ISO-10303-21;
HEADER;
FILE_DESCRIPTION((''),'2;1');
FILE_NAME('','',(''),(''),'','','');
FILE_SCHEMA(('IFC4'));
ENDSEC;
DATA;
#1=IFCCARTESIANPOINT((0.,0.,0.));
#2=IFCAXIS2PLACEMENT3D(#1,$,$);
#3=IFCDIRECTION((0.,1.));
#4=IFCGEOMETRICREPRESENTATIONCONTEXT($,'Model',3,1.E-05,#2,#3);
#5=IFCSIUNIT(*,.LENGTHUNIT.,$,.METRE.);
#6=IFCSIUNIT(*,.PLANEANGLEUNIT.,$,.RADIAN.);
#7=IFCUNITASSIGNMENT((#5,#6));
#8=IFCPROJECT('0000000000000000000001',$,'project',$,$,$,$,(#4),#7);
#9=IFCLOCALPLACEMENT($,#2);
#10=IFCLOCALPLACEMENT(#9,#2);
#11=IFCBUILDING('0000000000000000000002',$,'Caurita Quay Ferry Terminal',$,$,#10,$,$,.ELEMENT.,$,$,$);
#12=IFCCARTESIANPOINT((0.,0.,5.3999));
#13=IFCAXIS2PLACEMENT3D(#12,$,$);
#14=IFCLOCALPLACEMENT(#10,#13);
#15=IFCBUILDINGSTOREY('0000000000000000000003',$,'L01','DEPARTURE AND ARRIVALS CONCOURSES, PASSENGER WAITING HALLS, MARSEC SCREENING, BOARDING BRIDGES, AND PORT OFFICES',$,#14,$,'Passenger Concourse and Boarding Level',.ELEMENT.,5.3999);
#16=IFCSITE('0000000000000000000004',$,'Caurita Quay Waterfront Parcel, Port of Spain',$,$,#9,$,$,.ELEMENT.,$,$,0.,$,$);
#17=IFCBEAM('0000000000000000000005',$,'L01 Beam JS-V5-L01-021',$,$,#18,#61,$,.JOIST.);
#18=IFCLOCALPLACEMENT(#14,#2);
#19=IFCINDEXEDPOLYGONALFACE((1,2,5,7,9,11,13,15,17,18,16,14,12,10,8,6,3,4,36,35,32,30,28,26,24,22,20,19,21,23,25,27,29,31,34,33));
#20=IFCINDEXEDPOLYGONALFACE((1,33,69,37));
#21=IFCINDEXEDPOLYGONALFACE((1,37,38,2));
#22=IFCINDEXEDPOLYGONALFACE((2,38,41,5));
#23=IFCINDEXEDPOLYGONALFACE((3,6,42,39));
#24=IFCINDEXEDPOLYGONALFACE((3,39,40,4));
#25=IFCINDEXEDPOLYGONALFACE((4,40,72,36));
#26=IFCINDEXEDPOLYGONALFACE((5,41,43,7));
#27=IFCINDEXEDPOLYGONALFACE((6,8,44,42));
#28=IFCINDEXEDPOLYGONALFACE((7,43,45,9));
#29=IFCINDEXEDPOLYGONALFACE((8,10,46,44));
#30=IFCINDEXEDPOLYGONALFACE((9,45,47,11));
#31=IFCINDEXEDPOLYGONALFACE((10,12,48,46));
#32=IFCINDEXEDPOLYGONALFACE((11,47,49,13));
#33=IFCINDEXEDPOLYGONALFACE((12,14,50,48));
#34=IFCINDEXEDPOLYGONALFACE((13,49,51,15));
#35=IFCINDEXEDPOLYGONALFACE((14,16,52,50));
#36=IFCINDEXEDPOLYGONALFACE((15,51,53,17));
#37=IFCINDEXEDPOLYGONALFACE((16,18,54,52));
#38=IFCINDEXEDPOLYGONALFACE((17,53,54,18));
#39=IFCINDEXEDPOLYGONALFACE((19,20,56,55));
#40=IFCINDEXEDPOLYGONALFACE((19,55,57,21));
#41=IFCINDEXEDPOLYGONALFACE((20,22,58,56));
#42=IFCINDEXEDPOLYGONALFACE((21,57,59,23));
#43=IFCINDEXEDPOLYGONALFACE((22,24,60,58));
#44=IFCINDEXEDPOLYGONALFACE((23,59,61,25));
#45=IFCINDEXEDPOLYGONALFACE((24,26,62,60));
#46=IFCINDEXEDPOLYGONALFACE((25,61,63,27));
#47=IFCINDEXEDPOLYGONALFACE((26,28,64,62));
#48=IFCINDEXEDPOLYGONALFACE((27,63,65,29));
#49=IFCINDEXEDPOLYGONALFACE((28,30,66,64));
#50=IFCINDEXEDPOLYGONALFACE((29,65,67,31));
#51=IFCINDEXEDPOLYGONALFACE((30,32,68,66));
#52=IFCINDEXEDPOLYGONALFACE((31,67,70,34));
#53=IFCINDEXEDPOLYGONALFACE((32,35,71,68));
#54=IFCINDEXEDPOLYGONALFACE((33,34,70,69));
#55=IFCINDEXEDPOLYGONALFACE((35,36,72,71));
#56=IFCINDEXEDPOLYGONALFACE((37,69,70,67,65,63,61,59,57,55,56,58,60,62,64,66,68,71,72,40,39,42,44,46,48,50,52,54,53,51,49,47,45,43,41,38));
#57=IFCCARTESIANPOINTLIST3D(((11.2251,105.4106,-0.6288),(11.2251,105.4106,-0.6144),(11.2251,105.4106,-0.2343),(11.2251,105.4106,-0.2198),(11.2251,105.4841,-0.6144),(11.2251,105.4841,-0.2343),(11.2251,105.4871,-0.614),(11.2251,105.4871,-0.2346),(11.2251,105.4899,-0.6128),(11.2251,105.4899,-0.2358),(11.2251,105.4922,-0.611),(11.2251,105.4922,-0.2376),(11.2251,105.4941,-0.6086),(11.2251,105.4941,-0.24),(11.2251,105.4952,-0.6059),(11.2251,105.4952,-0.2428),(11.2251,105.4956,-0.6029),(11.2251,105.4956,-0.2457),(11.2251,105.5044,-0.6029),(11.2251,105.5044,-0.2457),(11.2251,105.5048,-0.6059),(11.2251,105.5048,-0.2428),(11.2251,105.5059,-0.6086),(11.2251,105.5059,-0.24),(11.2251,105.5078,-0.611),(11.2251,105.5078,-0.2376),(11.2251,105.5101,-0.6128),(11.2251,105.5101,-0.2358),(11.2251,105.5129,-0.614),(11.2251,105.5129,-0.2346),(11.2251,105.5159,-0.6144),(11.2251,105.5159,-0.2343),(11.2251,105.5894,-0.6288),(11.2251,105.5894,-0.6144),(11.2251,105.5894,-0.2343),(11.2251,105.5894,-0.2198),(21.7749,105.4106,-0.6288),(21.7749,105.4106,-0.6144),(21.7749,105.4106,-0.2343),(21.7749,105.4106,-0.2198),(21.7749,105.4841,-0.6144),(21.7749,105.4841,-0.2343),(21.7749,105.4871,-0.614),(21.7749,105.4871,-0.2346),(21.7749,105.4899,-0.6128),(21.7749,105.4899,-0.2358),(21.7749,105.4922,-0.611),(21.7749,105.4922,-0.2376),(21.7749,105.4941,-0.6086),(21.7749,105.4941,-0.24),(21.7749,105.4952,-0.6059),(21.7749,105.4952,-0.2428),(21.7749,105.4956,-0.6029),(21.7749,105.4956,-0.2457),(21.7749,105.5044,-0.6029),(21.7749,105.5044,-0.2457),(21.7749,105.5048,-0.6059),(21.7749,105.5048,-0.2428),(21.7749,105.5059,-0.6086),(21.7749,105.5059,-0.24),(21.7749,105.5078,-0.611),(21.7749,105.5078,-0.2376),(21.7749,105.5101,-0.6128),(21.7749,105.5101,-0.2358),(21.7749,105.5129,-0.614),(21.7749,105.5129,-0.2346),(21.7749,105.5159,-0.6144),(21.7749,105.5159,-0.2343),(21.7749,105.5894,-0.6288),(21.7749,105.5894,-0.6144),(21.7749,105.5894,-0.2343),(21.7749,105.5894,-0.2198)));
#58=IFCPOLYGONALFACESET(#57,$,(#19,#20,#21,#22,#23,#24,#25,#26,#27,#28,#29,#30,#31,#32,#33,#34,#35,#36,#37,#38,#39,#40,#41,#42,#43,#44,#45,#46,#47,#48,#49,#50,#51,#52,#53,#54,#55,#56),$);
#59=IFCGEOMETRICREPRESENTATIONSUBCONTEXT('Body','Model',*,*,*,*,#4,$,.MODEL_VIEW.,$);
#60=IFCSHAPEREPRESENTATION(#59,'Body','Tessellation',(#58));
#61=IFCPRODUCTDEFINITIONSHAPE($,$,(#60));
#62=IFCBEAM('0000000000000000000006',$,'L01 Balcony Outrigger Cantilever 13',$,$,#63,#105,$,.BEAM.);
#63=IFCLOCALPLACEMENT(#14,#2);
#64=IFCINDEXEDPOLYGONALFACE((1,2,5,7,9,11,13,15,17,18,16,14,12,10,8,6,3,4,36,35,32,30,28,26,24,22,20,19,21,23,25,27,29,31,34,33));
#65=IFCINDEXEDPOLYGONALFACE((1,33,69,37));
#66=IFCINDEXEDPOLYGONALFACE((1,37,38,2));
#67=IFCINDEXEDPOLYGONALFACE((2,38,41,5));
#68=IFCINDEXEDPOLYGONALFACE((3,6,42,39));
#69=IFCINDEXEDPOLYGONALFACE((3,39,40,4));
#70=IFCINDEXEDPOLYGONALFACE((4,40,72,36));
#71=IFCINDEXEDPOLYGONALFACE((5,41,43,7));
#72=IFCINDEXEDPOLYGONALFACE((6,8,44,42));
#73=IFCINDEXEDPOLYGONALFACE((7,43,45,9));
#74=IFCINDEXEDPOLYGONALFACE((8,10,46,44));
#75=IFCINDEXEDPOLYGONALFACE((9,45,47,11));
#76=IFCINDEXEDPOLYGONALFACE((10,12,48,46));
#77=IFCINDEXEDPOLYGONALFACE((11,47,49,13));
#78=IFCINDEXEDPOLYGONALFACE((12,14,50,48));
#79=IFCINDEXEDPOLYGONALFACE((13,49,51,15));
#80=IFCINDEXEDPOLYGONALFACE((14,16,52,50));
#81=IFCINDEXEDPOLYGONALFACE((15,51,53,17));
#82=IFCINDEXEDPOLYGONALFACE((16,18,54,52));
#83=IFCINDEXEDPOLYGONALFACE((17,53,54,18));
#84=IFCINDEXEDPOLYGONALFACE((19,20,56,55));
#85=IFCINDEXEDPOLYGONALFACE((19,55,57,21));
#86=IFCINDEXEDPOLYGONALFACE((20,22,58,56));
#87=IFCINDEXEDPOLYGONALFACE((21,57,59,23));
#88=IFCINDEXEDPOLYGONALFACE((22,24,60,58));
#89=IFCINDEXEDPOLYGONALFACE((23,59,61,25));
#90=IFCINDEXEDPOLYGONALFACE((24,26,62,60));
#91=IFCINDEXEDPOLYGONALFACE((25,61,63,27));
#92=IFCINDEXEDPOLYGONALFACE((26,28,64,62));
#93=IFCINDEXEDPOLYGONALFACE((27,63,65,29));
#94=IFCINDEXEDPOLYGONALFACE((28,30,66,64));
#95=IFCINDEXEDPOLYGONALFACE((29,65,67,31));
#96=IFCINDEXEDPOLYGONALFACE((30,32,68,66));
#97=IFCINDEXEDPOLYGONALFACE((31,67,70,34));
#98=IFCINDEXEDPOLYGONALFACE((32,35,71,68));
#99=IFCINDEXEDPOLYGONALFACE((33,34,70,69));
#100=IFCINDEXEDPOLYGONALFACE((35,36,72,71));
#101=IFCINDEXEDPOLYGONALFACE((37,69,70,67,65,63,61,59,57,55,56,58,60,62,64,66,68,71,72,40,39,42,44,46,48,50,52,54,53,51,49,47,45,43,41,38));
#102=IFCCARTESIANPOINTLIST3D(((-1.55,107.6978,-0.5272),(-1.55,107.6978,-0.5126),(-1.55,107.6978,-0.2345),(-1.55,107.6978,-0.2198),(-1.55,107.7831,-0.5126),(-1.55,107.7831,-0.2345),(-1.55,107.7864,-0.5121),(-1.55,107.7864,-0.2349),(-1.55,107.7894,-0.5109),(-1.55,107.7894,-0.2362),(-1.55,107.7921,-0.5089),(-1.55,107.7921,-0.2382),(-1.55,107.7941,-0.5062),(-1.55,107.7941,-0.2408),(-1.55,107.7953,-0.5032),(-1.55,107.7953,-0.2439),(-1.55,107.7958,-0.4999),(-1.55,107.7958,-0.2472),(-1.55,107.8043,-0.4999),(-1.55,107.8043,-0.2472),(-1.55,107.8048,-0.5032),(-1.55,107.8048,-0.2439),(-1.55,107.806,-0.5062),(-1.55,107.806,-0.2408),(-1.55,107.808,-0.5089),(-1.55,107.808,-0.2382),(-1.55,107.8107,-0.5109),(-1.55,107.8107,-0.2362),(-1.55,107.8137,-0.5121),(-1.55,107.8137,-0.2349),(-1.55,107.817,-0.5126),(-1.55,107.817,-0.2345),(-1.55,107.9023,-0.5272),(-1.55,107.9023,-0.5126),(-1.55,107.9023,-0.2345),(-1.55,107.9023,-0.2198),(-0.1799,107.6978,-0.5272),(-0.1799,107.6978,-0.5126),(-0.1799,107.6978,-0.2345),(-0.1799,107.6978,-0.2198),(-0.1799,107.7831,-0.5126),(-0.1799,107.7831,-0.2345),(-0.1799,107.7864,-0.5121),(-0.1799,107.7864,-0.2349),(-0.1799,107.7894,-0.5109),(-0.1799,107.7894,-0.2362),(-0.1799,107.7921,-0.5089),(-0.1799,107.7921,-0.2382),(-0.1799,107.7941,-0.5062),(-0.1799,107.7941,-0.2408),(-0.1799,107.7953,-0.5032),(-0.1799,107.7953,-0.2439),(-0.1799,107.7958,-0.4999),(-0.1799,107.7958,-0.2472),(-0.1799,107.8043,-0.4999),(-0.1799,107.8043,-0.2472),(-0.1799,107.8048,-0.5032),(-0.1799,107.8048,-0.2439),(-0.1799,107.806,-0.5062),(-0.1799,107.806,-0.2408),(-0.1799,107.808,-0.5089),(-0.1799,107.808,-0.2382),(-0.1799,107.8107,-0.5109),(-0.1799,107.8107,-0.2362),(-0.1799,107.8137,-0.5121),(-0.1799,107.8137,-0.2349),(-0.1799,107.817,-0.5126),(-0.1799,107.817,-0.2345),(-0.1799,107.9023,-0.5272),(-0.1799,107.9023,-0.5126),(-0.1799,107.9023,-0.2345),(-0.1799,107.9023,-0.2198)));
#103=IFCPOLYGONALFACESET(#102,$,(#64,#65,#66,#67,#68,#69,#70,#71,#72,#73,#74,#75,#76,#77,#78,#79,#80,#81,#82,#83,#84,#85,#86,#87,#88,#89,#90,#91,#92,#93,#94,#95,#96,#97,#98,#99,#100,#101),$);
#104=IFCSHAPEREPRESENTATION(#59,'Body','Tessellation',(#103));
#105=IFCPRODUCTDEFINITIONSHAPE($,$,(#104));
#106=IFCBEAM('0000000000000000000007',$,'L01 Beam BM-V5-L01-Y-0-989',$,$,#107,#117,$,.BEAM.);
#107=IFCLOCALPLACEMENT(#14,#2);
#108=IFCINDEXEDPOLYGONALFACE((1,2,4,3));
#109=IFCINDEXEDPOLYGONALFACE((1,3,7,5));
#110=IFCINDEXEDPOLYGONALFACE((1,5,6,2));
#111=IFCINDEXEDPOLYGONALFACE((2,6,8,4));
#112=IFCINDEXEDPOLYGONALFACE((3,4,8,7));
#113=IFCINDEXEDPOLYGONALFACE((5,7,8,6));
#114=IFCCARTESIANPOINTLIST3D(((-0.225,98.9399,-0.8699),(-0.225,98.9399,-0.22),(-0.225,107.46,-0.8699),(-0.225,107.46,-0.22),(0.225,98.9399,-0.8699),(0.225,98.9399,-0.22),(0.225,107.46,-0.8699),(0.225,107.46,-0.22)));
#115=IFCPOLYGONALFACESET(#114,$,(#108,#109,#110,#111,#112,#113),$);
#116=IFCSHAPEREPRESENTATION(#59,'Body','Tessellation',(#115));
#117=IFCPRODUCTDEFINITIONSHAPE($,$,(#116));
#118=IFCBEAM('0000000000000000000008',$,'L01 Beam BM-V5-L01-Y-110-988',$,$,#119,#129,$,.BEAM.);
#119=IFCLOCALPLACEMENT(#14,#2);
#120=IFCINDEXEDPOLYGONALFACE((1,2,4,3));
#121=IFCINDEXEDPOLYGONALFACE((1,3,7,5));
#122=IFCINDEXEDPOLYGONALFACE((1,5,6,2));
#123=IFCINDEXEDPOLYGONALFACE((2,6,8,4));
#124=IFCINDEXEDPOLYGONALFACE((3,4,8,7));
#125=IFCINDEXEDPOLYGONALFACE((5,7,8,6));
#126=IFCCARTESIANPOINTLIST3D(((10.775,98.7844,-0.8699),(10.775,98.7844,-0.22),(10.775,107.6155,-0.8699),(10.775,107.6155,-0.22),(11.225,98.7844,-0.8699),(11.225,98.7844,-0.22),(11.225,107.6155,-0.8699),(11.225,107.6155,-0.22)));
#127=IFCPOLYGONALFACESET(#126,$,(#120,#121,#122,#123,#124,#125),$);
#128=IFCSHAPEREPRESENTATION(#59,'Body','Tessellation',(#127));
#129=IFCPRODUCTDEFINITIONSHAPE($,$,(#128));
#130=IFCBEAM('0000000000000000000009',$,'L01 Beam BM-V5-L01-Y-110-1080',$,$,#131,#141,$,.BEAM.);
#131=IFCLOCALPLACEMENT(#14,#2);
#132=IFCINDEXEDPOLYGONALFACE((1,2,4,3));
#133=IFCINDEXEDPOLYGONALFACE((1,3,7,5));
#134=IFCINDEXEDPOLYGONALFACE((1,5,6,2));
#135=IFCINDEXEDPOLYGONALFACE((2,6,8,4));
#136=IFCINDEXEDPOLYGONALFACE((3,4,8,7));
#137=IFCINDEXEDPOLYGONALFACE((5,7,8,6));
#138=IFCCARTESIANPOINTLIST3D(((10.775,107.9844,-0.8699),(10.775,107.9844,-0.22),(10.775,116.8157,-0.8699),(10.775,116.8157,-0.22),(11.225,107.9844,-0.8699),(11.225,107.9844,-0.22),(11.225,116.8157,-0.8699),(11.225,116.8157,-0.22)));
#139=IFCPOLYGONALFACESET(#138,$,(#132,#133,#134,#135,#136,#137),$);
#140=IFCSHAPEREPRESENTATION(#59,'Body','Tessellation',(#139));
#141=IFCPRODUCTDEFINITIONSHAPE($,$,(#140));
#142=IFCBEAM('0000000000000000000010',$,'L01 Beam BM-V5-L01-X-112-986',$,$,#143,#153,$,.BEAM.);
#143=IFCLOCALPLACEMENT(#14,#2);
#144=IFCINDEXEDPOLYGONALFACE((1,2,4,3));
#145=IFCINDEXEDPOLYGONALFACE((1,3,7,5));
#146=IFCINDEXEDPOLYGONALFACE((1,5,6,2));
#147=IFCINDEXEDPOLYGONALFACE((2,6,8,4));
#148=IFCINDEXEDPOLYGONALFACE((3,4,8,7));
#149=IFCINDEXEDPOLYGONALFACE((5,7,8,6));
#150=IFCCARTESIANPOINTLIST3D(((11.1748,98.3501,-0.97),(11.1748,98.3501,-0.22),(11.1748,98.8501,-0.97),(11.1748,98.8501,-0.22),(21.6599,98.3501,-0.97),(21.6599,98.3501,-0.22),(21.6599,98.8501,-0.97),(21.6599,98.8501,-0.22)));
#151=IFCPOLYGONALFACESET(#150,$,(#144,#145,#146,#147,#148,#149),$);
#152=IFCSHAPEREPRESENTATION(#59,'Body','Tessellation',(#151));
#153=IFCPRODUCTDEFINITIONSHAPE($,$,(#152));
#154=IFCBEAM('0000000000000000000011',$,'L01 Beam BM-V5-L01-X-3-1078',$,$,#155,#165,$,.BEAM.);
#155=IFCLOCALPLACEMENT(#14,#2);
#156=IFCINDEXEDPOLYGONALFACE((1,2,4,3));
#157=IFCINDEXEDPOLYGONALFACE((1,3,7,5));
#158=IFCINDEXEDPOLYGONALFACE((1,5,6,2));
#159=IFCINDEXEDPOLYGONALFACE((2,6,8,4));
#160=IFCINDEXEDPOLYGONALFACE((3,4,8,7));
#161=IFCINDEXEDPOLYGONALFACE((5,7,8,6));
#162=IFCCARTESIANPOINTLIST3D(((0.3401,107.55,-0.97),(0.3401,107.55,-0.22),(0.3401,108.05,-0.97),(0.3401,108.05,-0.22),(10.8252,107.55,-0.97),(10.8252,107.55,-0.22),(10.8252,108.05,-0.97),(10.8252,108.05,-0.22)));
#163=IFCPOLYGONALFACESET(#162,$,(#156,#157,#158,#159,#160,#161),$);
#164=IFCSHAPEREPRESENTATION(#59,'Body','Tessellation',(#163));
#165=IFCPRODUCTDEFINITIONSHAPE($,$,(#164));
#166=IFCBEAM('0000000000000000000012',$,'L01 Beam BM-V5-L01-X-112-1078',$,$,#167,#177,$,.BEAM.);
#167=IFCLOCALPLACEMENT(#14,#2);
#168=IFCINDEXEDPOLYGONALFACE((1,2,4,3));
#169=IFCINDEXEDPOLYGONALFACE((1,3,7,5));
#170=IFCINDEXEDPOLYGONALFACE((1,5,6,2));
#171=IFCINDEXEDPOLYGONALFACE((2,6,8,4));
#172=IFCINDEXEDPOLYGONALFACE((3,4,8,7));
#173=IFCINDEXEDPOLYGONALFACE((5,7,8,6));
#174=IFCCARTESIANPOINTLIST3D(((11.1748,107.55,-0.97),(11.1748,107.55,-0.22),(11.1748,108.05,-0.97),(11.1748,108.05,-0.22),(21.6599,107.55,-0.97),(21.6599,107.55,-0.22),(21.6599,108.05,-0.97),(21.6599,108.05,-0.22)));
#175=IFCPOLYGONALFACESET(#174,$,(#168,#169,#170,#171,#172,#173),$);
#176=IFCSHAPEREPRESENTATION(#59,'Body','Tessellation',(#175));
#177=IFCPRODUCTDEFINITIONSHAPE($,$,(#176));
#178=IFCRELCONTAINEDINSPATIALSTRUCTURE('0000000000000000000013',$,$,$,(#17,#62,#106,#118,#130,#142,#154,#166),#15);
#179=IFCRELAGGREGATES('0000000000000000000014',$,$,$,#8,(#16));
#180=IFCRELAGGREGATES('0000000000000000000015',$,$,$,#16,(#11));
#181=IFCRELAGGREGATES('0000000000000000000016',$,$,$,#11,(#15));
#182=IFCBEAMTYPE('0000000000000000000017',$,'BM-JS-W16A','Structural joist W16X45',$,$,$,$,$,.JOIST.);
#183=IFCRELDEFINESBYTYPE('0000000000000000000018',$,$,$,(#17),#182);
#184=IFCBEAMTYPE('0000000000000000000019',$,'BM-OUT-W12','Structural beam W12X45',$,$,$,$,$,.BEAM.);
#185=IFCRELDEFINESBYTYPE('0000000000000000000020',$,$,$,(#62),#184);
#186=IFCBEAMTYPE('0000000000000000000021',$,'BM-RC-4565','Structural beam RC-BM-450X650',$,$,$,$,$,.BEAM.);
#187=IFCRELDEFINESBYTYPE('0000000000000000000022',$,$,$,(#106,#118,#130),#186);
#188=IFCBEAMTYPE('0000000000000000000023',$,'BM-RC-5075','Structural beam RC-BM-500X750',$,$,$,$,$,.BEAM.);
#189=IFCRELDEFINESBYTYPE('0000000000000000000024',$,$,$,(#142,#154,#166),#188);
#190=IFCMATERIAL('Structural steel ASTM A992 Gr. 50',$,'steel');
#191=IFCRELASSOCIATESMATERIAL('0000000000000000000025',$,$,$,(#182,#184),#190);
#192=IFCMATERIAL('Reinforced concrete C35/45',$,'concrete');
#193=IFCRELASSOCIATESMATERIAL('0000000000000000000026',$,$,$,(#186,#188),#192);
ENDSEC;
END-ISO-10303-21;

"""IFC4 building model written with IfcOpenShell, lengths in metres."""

from ifc_helpers import new_model, si_unit, direction, frame, origin, origin_2d, place, context, subcontext, project, spatial, rectangle, i_section, extrude, material, material_profile, profile_set, type_object, element, save


model = new_model("IFC4")

# Units and contexts
model_context = context("Model", 3, precision=1e-05, world=origin(), true_north=direction((0.0, 1.0)))
body_context = subcontext(model_context, "Body", "Model", "MODEL_VIEW")
ifc_project = project(units=[si_unit("LENGTHUNIT", "METRE"), si_unit("PLANEANGLEUNIT", "RADIAN")], contexts=[model_context])

# Site, building, storey
site_placement = place(None, origin())
site = spatial("IfcSite", under=ifc_project, at=site_placement, Name="Caurita Quay Waterfront Parcel, Port of Spain", CompositionType="ELEMENT", RefElevation=0.0)
building_placement = place(site_placement, origin())
building = spatial("IfcBuilding", under=site, at=building_placement, Name="Caurita Quay Ferry Terminal", CompositionType="ELEMENT")
storey_placement = place(building_placement, frame((0.0, 0.0, 5.3999)))
storey = spatial("IfcBuildingStorey", under=building, at=storey_placement, Name="L01", Description="DEPARTURE AND ARRIVALS CONCOURSES, PASSENGER WAITING HALLS, MARSEC SCREENING, BOARDING BRIDGES, AND PORT OFFICES", LongName="Passenger Concourse and Boarding Level", CompositionType="ELEMENT", Elevation=5.3999)

# Shared definitions
ifc_material_1 = material(Name="Reinforced concrete C35/45", Category="concrete")

# Beams
ifc_material_2 = material(Name="Structural steel ASTM A992 Gr. 50", Category="steel")
ifc_material_profile_1 = material_profile(ifc_material_2, i_section(OverallWidth=0.1787, OverallDepth=0.4089, WebThickness=0.0088, FlangeThickness=0.0144, FilletRadius=0.0115, at=origin_2d()), Name="W16X45")
ifc_profile_set_1 = profile_set([ifc_material_profile_1], Name="Structural steel ASTM A992 Gr. 50")
beam_type_1 = type_object("IfcBeamType", Name="BM-JS-W16A", Description="Structural joist W16X45", PredefinedType="JOIST", material=ifc_profile_set_1)
for number, where, z_axis, x_axis, name in (
    (1, (11.2251, 105.5, -0.4243), (1.0, 0.0, 0.0), (0.0, 1.0, 0.0), "L01 Beam JS-V5-L01-021"),
):
    element("IfcBeam", number, at=place(storey_placement, frame(where, z_axis=z_axis, x_axis=x_axis)), inside=storey, type_object=beam_type_1, Name=name, PredefinedType="JOIST", context=body_context, shape_type="SweptSolid", body=[
        extrude(i_section(OverallWidth=0.1787, OverallDepth=0.4089, WebThickness=0.0088, FlangeThickness=0.0144, FilletRadius=0.0115, at=origin_2d()), origin(), (0.0, 0.0, 1.0), 10.5498),
    ])
ifc_material_profile_2 = material_profile(ifc_material_2, i_section(OverallWidth=0.2046, OverallDepth=0.3074, WebThickness=0.0085, FlangeThickness=0.0146, FilletRadius=0.0127, at=origin_2d()), Name="W12X45")
ifc_profile_set_2 = profile_set([ifc_material_profile_2], Name="Structural steel ASTM A992 Gr. 50")
beam_type_2 = type_object("IfcBeamType", Name="BM-OUT-W12", Description="Structural beam W12X45", PredefinedType="BEAM", material=ifc_profile_set_2)
beam_1_placement = place(storey_placement, frame((-0.1799, 107.8, -0.3735), z_axis=(-1.0, 0.0, 0.0), x_axis=(0.0, -1.0, 0.0)))
element("IfcBeam", 2, at=beam_1_placement, inside=storey, type_object=beam_type_2, Name="L01 Balcony Outrigger Cantilever 13", PredefinedType="BEAM", context=body_context, shape_type="SweptSolid", body=[
    extrude(i_section(OverallWidth=0.2046, OverallDepth=0.3074, WebThickness=0.0085, FlangeThickness=0.0146, FilletRadius=0.0127, at=origin_2d()), origin(), (0.0, 0.0, 1.0), 1.3701),
])
ifc_material_profile_3 = material_profile(ifc_material_1, rectangle(XDim=0.45, YDim=0.6499, at=origin_2d()), Name="RC-BM-450X650")
ifc_profile_set_3 = profile_set([ifc_material_profile_3], Name="Reinforced concrete C35/45")
beam_type_3 = type_object("IfcBeamType", Name="BM-RC-4565", Description="Structural beam RC-BM-450X650", PredefinedType="BEAM", material=ifc_profile_set_3)
beam_2_placement = place(storey_placement, frame((0.0, 98.9399, -0.5449), z_axis=(0.0, 1.0, 0.0), x_axis=(-1.0, 0.0, 0.0)))
element("IfcBeam", 3, at=beam_2_placement, inside=storey, type_object=beam_type_3, Name="L01 Beam BM-V5-L01-Y-0-989", PredefinedType="BEAM", context=body_context, shape_type="SweptSolid", body=[
    extrude(rectangle(XDim=0.45, YDim=0.6499, at=origin_2d()), origin(), (0.0, 0.0, 1.0), 8.52),
])
beam_3_placement = place(storey_placement, frame((11.0, 98.7844, -0.5449), z_axis=(0.0, 1.0, 0.0), x_axis=(-1.0, 0.0, 0.0)))
element("IfcBeam", 4, at=beam_3_placement, inside=storey, type_object=beam_type_3, Name="L01 Beam BM-V5-L01-Y-110-988", PredefinedType="BEAM", context=body_context, shape_type="SweptSolid", body=[
    extrude(rectangle(XDim=0.45, YDim=0.6499, at=origin_2d()), origin(), (0.0, 0.0, 1.0), 8.8311),
])
beam_4_placement = place(storey_placement, frame((11.0, 107.9844, -0.5449), z_axis=(0.0, 1.0, 0.0), x_axis=(-1.0, 0.0, 0.0)))
element("IfcBeam", 5, at=beam_4_placement, inside=storey, type_object=beam_type_3, Name="L01 Beam BM-V5-L01-Y-110-1080", PredefinedType="BEAM", context=body_context, shape_type="SweptSolid", body=[
    extrude(rectangle(XDim=0.45, YDim=0.6499, at=origin_2d()), origin(), (0.0, 0.0, 1.0), 8.8313),
])
ifc_material_profile_4 = material_profile(ifc_material_1, rectangle(XDim=0.5, YDim=0.75, at=origin_2d()), Name="RC-BM-500X750")
ifc_profile_set_4 = profile_set([ifc_material_profile_4], Name="Reinforced concrete C35/45")
beam_type_4 = type_object("IfcBeamType", Name="BM-RC-5075", Description="Structural beam RC-BM-500X750", PredefinedType="BEAM", material=ifc_profile_set_4)
for number, where, z_axis, x_axis, name in (
    (6, (11.1748, 98.6001, -0.595), (1.0, 0.0, 0.0), (0.0, 1.0, 0.0), "L01 Beam BM-V5-L01-X-112-986"),
    (7, (0.3401, 107.8, -0.595), (1.0, 0.0, 0.0), (0.0, 1.0, 0.0), "L01 Beam BM-V5-L01-X-3-1078"),
    (8, (11.1748, 107.8, -0.595), (1.0, 0.0, 0.0), (0.0, 1.0, 0.0), "L01 Beam BM-V5-L01-X-112-1078"),
):
    element("IfcBeam", number, at=place(storey_placement, frame(where, z_axis=z_axis, x_axis=x_axis)), inside=storey, type_object=beam_type_4, Name=name, PredefinedType="BEAM", context=body_context, shape_type="SweptSolid", body=[
        extrude(rectangle(XDim=0.5, YDim=0.75, at=origin_2d()), origin(), (0.0, 0.0, 1.0), 10.4851),
    ])

save(model, "model.ifc")
